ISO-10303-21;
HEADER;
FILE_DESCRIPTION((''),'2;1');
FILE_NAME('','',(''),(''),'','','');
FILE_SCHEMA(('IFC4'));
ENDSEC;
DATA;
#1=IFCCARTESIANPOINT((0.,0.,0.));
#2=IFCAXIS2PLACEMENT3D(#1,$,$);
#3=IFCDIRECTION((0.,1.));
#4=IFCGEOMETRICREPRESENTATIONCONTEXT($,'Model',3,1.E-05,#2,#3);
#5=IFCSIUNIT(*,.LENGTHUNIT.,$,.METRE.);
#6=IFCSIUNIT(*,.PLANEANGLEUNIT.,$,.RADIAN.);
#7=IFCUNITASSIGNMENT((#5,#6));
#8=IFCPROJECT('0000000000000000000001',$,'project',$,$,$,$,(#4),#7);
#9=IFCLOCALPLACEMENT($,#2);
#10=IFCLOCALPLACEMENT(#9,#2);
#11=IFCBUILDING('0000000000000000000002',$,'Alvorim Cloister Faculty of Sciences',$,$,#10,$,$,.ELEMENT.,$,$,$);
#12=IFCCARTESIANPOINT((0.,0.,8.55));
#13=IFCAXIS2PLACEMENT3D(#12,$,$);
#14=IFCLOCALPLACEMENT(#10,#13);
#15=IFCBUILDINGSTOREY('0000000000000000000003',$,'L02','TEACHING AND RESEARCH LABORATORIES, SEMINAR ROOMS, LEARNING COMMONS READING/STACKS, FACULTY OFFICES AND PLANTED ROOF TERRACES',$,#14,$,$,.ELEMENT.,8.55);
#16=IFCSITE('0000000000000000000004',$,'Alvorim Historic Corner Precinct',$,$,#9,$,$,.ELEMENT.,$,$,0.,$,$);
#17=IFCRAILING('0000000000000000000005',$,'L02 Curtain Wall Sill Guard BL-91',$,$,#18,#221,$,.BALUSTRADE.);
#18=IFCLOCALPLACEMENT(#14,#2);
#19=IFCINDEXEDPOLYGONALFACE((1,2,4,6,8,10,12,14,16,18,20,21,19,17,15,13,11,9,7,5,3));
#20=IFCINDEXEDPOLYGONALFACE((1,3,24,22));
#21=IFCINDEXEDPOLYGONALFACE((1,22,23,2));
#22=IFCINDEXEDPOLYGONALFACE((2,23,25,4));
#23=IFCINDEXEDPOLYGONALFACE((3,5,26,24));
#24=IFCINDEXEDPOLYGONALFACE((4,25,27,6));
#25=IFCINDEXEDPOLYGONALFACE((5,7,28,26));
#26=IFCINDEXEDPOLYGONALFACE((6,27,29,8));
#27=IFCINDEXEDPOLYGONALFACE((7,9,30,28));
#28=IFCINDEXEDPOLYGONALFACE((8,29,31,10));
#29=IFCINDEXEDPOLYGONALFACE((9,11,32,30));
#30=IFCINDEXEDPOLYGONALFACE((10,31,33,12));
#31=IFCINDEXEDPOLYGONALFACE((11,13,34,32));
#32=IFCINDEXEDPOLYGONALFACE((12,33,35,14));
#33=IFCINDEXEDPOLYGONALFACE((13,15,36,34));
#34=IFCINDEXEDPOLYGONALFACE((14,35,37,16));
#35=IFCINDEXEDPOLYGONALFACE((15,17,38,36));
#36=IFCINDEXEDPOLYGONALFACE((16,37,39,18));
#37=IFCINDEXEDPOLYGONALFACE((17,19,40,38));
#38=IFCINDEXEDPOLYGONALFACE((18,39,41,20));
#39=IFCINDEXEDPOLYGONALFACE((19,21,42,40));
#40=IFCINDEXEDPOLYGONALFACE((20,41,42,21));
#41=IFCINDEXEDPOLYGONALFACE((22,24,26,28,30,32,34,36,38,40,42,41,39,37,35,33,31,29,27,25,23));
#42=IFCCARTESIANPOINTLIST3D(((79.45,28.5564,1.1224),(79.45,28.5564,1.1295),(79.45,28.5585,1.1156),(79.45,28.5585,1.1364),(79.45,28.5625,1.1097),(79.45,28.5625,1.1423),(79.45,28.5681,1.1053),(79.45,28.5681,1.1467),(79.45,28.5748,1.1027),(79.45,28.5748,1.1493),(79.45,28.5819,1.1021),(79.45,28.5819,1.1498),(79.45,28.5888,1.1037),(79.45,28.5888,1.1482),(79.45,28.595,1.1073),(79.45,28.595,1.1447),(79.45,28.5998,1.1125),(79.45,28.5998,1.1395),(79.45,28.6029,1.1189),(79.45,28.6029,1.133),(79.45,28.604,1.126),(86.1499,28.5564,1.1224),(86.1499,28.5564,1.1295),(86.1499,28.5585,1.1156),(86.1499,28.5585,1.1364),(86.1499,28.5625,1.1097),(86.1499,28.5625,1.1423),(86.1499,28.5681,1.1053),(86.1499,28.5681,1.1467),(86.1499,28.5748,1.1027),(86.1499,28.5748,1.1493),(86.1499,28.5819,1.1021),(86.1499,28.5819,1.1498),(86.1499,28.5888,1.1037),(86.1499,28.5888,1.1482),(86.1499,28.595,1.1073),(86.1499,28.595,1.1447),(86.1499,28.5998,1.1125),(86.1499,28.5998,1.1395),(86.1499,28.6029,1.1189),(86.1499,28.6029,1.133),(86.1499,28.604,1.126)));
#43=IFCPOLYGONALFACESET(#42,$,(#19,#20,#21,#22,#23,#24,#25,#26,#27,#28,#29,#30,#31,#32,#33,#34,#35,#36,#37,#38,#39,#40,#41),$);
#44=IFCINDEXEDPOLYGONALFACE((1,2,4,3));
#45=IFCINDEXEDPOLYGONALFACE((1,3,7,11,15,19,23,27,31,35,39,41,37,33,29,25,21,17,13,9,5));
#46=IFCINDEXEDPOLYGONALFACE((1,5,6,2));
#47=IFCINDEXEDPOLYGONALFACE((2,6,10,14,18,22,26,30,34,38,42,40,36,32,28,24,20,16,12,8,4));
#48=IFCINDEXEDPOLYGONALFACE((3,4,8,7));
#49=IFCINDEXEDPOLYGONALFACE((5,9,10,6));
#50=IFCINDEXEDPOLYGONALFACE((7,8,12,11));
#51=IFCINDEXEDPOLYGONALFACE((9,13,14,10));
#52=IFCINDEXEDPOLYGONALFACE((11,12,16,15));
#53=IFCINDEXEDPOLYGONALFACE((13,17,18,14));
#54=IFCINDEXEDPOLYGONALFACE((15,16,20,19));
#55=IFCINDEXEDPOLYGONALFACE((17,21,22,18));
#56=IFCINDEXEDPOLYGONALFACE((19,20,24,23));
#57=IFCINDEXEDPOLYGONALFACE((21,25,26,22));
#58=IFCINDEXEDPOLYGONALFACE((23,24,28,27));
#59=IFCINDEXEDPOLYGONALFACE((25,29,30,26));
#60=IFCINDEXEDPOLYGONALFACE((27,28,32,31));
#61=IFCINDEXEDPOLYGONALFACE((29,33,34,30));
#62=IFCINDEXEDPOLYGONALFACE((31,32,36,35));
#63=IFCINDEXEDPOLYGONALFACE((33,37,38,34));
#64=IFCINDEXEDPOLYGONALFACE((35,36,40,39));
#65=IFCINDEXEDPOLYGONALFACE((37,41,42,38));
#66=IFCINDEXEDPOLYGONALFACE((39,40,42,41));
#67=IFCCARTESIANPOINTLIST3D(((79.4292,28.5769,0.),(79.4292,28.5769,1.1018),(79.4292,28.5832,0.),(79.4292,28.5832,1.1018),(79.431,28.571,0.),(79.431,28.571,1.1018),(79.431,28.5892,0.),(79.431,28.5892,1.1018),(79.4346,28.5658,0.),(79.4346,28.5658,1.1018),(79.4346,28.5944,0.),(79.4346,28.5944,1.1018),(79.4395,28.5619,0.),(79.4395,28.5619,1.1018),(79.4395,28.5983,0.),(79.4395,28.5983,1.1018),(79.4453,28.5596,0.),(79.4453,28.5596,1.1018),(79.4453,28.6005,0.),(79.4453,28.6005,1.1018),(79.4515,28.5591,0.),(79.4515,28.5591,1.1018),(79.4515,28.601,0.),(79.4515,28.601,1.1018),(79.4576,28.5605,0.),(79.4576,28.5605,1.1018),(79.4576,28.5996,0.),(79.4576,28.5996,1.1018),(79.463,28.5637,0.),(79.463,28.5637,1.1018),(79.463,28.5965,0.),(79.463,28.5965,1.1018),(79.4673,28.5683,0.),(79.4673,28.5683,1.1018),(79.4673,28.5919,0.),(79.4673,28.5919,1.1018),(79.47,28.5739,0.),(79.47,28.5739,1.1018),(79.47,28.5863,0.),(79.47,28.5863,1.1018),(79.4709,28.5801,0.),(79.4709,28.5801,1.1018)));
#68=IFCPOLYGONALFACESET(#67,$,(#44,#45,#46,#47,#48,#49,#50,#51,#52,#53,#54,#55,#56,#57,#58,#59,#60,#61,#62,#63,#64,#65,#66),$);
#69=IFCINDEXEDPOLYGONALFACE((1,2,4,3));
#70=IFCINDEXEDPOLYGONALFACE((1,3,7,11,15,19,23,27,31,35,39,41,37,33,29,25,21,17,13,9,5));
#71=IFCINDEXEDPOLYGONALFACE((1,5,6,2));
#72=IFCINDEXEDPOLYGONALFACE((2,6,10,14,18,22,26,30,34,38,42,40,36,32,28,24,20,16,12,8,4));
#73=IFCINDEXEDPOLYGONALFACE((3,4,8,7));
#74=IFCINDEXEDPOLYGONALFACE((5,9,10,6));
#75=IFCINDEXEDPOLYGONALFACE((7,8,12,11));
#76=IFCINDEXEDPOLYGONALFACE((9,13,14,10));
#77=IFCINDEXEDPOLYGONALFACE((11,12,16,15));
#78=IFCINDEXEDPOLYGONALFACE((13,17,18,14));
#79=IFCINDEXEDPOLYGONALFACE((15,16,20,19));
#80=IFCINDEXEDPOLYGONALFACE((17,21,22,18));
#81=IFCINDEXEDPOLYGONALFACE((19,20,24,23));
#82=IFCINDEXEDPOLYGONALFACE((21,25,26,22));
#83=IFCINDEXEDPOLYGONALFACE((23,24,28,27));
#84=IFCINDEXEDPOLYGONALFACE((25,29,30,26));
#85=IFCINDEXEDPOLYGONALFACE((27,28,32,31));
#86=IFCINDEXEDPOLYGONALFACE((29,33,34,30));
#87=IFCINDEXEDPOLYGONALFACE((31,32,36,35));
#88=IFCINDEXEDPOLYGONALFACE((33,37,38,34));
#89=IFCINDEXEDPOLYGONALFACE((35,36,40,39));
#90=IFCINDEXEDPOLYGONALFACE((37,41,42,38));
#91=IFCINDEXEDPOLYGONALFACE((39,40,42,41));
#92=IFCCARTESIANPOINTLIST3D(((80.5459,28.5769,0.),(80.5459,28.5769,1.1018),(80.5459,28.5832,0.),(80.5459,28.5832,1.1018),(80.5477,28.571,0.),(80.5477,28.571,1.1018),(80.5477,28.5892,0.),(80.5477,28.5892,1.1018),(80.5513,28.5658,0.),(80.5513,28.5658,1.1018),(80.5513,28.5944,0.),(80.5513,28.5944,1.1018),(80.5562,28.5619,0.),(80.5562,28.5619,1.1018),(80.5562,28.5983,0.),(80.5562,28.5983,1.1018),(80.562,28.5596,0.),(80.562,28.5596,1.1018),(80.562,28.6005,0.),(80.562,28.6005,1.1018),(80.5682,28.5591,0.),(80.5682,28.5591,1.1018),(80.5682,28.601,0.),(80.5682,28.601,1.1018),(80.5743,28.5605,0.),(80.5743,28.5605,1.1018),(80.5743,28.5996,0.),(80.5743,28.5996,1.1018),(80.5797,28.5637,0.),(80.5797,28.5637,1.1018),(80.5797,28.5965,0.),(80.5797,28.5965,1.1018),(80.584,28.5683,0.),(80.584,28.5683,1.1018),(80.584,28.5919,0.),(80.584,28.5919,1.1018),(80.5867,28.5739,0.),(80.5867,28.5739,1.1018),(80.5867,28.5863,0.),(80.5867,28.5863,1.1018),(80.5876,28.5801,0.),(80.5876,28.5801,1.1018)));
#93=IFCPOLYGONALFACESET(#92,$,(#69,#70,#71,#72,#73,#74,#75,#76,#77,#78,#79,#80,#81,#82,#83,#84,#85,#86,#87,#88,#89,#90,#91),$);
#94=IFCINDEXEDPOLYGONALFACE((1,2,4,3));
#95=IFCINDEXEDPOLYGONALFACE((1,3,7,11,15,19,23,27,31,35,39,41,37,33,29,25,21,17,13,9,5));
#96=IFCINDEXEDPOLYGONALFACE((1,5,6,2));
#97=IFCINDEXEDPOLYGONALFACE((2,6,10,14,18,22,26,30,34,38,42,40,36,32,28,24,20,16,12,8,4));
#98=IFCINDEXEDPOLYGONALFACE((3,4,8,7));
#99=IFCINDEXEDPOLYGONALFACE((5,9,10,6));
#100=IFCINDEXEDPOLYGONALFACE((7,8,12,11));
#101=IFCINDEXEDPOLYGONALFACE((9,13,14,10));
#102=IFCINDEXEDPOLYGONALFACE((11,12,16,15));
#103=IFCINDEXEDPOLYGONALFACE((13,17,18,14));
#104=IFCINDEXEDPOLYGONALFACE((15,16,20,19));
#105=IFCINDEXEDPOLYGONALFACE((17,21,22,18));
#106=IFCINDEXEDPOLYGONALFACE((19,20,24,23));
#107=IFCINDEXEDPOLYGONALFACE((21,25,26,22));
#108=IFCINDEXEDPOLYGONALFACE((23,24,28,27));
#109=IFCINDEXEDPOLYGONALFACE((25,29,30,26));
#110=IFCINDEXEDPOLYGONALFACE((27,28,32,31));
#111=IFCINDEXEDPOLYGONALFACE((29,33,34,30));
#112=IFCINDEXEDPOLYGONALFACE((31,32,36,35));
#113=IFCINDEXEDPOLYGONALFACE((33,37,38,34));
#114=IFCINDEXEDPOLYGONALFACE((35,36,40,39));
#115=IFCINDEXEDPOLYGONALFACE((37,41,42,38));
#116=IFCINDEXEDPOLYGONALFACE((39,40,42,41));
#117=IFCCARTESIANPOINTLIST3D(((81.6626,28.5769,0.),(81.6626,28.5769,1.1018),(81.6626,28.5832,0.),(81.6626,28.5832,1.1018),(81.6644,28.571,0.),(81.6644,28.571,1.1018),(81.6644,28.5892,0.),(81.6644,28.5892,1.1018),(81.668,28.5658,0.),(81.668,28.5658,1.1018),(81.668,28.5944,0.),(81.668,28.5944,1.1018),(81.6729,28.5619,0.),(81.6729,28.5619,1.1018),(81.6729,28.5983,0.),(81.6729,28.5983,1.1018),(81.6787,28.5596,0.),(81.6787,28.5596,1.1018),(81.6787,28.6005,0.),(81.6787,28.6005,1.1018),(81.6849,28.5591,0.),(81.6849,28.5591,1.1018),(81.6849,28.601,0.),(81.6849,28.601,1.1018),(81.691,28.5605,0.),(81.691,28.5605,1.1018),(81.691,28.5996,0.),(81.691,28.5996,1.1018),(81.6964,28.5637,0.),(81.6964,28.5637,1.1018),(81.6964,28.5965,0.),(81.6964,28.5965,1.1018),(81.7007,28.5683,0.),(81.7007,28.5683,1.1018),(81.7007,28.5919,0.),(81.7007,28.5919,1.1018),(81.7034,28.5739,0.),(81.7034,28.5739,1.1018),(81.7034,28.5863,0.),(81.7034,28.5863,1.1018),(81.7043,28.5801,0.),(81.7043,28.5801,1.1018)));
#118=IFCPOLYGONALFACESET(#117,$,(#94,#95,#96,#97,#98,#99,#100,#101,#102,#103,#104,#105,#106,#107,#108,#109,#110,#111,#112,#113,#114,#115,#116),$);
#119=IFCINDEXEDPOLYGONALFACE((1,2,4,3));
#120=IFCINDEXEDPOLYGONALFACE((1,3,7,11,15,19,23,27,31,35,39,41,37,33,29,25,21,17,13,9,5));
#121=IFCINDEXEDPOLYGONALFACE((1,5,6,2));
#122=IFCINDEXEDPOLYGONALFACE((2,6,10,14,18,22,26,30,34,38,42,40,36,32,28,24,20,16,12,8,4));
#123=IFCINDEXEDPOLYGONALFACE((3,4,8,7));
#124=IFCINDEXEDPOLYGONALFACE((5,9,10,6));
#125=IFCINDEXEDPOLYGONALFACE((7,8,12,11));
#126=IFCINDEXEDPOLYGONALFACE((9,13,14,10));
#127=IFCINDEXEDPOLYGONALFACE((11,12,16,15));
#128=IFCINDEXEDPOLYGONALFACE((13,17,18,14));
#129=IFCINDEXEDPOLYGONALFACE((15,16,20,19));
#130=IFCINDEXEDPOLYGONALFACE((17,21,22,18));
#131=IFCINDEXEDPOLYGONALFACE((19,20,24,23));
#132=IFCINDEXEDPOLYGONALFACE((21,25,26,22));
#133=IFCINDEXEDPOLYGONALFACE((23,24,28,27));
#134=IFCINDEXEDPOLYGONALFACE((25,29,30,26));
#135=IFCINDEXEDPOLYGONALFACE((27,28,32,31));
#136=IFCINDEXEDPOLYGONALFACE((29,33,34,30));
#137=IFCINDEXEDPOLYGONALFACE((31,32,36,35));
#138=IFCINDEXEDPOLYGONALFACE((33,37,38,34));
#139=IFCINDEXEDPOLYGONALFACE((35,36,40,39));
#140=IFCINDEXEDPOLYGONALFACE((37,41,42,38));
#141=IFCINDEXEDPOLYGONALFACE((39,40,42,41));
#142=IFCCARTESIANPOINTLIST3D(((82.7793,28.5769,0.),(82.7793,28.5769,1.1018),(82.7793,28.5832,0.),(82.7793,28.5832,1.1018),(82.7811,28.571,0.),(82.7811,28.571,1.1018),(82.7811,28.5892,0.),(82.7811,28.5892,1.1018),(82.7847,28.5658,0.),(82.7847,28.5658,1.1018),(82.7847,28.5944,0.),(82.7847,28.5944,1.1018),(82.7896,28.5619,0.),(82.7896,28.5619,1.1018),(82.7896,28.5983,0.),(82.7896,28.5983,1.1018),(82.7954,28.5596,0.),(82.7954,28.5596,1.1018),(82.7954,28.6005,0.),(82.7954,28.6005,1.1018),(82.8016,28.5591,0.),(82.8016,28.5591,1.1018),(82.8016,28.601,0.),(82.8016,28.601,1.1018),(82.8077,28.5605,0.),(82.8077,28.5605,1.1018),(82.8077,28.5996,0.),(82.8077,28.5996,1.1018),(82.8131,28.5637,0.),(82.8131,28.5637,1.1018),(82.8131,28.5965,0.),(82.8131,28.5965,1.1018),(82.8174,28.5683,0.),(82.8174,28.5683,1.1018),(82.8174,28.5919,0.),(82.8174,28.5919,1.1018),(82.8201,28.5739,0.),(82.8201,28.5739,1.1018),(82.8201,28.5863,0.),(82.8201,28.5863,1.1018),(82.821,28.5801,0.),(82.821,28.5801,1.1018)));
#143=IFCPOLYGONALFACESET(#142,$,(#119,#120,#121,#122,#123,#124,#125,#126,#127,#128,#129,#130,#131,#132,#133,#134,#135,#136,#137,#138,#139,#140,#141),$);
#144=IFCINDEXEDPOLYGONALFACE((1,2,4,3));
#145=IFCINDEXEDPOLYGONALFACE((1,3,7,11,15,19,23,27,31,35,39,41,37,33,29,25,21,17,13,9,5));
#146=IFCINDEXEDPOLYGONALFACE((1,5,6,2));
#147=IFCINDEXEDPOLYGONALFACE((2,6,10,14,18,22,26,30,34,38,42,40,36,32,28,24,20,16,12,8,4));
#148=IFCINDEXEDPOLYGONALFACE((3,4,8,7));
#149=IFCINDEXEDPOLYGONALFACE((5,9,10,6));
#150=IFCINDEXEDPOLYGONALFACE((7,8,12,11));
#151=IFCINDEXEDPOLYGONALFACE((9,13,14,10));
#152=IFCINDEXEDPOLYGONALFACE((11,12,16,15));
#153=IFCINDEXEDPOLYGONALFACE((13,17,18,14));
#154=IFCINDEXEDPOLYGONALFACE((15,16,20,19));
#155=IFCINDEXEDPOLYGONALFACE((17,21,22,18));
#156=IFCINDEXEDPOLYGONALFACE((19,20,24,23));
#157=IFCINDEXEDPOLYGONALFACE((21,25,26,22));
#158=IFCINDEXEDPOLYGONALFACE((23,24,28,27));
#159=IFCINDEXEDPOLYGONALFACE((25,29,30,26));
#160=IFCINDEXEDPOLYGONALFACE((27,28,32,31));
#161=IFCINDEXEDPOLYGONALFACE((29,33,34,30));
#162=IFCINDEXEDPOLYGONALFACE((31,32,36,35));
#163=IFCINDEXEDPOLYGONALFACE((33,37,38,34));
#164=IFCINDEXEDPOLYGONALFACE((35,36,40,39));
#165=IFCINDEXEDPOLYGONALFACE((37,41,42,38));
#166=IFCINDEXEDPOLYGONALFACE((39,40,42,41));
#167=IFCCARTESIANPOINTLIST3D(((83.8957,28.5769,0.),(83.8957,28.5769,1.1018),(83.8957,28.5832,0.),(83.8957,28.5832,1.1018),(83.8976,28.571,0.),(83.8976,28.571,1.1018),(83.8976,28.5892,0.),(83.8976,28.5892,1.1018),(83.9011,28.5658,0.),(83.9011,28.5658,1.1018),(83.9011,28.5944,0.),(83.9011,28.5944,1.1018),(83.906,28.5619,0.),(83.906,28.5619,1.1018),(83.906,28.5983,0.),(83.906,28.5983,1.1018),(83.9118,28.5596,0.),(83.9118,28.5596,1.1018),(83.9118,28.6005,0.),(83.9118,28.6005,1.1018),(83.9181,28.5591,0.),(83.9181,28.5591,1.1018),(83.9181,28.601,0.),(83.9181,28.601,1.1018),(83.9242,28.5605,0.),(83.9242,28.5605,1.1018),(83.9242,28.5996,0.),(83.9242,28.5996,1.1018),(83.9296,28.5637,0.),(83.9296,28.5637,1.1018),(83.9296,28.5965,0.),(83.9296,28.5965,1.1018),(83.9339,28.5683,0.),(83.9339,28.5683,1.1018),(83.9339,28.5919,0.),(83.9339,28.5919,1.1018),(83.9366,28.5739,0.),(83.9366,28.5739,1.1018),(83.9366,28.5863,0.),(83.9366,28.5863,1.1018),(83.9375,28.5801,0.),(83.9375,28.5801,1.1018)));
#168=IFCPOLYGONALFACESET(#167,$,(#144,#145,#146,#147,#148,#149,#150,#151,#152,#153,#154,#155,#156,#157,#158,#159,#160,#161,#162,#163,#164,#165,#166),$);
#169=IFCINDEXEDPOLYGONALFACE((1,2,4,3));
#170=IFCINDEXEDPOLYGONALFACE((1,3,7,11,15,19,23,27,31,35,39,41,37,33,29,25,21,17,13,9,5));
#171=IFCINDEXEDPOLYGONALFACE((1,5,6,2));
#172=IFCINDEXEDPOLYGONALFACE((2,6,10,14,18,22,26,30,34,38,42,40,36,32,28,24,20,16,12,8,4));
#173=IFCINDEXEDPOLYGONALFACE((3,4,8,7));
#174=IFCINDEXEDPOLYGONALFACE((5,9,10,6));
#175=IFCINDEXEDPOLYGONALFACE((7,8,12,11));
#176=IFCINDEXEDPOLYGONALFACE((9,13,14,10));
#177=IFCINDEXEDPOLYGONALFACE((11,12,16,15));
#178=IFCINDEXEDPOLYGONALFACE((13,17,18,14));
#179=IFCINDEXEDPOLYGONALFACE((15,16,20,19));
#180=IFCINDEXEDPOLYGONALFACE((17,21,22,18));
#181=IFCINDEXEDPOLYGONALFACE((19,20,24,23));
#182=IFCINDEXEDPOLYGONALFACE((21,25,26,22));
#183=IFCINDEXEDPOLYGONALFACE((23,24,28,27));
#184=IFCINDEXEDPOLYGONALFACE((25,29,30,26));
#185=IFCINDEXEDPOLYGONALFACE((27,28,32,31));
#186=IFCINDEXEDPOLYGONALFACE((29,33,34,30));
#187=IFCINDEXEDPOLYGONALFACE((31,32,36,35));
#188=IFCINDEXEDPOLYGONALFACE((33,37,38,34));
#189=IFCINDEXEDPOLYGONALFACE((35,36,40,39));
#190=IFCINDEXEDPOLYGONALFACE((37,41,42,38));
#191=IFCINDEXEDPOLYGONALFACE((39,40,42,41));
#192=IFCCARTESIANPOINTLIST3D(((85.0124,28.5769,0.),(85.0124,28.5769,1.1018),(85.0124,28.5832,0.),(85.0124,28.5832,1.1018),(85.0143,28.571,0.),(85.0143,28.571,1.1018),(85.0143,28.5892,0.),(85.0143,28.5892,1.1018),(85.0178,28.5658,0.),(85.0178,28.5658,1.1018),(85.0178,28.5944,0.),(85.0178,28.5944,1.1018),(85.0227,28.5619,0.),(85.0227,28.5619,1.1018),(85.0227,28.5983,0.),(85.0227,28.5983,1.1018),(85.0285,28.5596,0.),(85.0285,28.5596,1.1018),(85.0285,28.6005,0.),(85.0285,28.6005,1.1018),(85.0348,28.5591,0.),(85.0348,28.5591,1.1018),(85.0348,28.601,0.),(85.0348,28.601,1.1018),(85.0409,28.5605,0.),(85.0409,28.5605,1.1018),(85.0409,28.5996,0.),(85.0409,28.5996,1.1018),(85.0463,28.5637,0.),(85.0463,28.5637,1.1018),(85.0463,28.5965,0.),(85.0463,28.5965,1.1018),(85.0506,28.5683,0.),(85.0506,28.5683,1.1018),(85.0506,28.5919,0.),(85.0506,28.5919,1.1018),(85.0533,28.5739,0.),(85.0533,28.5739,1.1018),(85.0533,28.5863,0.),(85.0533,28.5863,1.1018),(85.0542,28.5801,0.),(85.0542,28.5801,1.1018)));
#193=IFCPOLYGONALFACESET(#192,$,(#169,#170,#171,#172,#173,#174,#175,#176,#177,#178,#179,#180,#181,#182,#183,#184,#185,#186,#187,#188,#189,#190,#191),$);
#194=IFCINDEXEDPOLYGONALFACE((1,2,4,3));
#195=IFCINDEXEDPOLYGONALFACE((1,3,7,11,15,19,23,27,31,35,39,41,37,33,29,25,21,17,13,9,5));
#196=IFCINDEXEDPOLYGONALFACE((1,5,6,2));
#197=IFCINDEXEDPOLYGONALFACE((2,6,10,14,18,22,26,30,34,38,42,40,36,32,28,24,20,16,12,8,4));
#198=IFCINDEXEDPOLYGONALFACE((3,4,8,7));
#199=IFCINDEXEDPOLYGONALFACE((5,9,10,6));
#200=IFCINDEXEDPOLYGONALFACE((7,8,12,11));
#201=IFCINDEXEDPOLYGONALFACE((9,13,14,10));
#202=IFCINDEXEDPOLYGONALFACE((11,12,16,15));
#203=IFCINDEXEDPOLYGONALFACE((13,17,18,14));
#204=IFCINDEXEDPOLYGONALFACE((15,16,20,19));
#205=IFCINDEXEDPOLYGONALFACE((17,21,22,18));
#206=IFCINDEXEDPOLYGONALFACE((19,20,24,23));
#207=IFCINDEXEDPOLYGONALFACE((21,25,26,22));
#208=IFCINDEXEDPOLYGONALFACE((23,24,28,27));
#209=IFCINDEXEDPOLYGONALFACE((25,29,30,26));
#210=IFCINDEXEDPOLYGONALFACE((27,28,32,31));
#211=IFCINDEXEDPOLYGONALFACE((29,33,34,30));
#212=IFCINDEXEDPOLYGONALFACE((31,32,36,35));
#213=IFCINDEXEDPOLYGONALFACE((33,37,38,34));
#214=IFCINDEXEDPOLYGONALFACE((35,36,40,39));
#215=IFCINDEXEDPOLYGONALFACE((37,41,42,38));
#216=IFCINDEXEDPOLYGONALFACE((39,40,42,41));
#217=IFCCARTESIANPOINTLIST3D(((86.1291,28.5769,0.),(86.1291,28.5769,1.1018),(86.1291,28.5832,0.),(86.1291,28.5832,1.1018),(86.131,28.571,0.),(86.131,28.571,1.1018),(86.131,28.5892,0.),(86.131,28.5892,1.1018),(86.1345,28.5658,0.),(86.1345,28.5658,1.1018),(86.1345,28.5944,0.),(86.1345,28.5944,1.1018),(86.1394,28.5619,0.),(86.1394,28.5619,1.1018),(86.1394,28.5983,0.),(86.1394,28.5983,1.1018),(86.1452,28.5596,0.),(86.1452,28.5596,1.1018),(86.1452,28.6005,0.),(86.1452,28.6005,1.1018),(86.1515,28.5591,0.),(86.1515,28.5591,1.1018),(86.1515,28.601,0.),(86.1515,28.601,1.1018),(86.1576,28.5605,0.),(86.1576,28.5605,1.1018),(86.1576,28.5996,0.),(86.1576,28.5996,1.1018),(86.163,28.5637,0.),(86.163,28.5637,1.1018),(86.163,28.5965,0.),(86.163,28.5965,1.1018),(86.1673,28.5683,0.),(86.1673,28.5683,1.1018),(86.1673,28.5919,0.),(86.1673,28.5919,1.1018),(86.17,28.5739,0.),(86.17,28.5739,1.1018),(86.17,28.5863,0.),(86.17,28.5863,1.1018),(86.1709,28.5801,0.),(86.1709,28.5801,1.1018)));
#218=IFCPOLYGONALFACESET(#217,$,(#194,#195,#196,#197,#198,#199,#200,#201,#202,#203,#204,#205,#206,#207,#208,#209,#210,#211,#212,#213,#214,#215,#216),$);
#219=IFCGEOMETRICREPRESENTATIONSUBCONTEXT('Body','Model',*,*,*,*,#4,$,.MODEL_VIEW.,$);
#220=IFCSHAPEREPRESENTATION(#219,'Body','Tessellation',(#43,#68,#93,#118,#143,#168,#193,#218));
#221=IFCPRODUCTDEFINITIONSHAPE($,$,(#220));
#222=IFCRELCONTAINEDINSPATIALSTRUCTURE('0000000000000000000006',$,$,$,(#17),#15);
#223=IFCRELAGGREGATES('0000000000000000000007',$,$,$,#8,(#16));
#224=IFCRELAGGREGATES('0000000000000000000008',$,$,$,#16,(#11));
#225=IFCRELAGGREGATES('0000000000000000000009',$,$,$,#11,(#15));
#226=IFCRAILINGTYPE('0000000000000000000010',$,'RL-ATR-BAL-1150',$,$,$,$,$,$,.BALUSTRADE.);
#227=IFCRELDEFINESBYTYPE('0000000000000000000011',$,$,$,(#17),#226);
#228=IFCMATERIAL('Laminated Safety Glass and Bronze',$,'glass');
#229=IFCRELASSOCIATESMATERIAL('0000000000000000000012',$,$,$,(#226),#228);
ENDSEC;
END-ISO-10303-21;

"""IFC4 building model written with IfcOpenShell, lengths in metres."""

from ifc_helpers import new_model, si_unit, direction, frame, origin, origin_2d, place, context, subcontext, project, spatial, circle, extrude, material, type_object, element, save


model = new_model("IFC4")

# Units and contexts
model_context = context("Model", 3, precision=1e-05, world=origin(), true_north=direction((0.0, 1.0)))
body_context = subcontext(model_context, "Body", "Model", "MODEL_VIEW")
ifc_project = project(units=[si_unit("LENGTHUNIT", "METRE"), si_unit("PLANEANGLEUNIT", "RADIAN")], contexts=[model_context])

# Site, building, storey
site_placement = place(None, origin())
site = spatial("IfcSite", under=ifc_project, at=site_placement, Name="Alvorim Historic Corner Precinct", CompositionType="ELEMENT", RefElevation=0.0)
building_placement = place(site_placement, origin())
building = spatial("IfcBuilding", under=site, at=building_placement, Name="Alvorim Cloister Faculty of Sciences", CompositionType="ELEMENT")
storey_placement = place(building_placement, frame((0.0, 0.0, 8.55)))
storey = spatial("IfcBuildingStorey", under=building, at=storey_placement, Name="L02", Description="TEACHING AND RESEARCH LABORATORIES, SEMINAR ROOMS, LEARNING COMMONS READING/STACKS, FACULTY OFFICES AND PLANTED ROOF TERRACES", CompositionType="ELEMENT", Elevation=8.55)

# Railing
ifc_material_1 = material(Name="Laminated Safety Glass and Bronze", Category="glass")
railing_type = type_object("IfcRailingType", Name="RL-ATR-BAL-1150", PredefinedType="BALUSTRADE", material=ifc_material_1)
railing_placement = place(storey_placement, frame((79.45, 28.5801, 0.0)))
element("IfcRailing", 1, at=railing_placement, inside=storey, type_object=railing_type, Name="L02 Curtain Wall Sill Guard BL-91", PredefinedType="BALUSTRADE", context=body_context, shape_type="SweptSolid", body=[
    extrude(circle(Radius=0.0239, at=origin_2d()), frame((0.0, 0.0, 1.126), z_axis=(1.0, 0.0, 0.0), x_axis=(0.0, 1.0, 0.0)), (0.0, 0.0, 1.0), 6.7),
    extrude(circle(Radius=0.021, at=origin_2d()), origin(), (0.0, 0.0, 1.0), 1.1018),
    extrude(circle(Radius=0.021, at=origin_2d()), frame((1.1167, 0.0, 0.0)), (0.0, 0.0, 1.0), 1.1018),
    extrude(circle(Radius=0.021, at=origin_2d()), frame((2.2334, 0.0, 0.0)), (0.0, 0.0, 1.0), 1.1018),
    extrude(circle(Radius=0.021, at=origin_2d()), frame((3.3501, 0.0, 0.0)), (0.0, 0.0, 1.0), 1.1018),
    extrude(circle(Radius=0.021, at=origin_2d()), frame((4.4666, 0.0, 0.0)), (0.0, 0.0, 1.0), 1.1018),
    extrude(circle(Radius=0.021, at=origin_2d()), frame((5.5833, 0.0, 0.0)), (0.0, 0.0, 1.0), 1.1018),
    extrude(circle(Radius=0.021, at=origin_2d()), frame((6.7, 0.0, 0.0)), (0.0, 0.0, 1.0), 1.1018),
])

save(model, "model.ifc")
